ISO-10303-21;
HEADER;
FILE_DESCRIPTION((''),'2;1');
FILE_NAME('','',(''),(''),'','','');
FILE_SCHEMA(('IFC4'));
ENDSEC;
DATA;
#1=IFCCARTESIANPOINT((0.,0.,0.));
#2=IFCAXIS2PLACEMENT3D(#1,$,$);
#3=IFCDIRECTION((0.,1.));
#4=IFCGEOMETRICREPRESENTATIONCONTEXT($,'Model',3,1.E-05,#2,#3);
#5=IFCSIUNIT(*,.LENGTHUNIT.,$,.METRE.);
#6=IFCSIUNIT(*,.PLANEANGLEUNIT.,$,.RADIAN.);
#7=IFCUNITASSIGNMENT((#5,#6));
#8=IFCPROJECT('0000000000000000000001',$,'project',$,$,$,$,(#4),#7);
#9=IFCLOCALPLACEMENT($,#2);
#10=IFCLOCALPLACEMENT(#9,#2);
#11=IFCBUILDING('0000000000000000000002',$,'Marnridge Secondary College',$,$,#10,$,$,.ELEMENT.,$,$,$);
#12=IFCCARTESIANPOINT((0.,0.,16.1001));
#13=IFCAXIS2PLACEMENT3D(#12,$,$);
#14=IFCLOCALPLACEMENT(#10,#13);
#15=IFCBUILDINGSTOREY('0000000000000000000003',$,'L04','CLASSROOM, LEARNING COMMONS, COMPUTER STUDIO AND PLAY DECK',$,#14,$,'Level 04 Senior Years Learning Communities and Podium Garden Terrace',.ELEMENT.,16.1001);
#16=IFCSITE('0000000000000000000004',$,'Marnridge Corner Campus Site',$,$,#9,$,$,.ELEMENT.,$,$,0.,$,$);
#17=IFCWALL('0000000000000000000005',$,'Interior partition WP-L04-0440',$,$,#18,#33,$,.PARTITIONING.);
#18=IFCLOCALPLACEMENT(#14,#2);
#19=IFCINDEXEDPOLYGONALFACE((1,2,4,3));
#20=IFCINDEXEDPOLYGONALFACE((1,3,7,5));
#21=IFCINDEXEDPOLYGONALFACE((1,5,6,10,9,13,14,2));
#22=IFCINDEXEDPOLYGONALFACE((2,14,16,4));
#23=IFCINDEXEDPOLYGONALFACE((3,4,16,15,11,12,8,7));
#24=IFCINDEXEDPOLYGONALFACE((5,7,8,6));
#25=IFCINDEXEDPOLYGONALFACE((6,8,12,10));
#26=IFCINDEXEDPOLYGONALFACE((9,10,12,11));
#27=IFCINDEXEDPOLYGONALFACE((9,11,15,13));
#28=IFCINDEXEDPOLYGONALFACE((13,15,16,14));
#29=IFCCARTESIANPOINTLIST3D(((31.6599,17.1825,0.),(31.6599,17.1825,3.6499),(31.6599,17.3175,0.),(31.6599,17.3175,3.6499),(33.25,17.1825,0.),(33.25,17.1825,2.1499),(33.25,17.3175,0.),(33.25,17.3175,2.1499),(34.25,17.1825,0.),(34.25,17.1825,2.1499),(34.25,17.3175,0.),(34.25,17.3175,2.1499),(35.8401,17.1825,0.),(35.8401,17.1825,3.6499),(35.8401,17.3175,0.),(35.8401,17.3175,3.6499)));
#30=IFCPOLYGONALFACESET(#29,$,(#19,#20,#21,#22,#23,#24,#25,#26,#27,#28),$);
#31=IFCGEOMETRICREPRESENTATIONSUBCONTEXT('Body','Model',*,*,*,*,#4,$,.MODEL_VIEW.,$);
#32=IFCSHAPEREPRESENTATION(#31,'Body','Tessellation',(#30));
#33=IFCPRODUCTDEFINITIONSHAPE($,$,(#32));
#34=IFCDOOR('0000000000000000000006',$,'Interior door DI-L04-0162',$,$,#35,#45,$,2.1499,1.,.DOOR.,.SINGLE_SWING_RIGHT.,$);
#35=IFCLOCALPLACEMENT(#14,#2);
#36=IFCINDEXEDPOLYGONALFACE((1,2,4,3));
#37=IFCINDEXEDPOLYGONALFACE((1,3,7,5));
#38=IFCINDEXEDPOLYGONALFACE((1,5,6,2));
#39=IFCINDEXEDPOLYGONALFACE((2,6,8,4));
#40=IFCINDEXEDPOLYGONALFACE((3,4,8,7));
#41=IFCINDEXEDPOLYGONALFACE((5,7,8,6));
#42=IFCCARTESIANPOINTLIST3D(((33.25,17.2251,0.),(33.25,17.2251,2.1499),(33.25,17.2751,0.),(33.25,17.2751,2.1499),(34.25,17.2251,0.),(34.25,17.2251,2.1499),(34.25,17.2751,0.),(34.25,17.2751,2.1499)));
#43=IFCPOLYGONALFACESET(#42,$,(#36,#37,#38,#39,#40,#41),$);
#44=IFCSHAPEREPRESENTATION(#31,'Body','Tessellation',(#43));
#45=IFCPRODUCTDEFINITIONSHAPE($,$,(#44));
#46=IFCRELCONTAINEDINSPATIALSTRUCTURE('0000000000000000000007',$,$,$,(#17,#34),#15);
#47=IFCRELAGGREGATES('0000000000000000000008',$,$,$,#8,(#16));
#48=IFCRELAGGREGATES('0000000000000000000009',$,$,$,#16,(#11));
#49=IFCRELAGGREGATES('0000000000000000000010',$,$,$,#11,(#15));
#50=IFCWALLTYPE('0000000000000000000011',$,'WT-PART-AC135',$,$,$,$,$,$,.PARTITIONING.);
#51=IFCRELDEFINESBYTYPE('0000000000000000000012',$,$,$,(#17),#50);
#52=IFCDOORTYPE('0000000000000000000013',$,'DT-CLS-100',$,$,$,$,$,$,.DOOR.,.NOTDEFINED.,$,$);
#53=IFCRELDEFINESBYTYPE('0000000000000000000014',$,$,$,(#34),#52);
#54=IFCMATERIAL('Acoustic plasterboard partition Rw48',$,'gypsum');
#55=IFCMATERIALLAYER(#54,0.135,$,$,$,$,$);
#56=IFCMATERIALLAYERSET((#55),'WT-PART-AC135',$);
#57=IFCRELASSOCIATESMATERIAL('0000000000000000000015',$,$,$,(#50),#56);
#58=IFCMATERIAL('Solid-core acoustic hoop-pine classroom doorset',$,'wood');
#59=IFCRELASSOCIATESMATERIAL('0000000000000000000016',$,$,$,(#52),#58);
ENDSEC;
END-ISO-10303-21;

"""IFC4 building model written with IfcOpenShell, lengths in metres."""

from ifc_helpers import new_model, si_unit, direction, frame, frame_2d, origin, place, context, subcontext, project, spatial, rectangle, extrude, material, layer, layer_set, type_object, element, fill, save


model = new_model("IFC4")

# Units and contexts
model_context = context("Model", 3, precision=1e-05, world=origin(), true_north=direction((0.0, 1.0)))
body_context = subcontext(model_context, "Body", "Model", "MODEL_VIEW")
ifc_project = project(units=[si_unit("LENGTHUNIT", "METRE"), si_unit("PLANEANGLEUNIT", "RADIAN")], contexts=[model_context])

# Site, building, storey
site_placement = place(None, origin())
site = spatial("IfcSite", under=ifc_project, at=site_placement, Name="Marnridge Corner Campus Site", CompositionType="ELEMENT", RefElevation=0.0)
building_placement = place(site_placement, origin())
building = spatial("IfcBuilding", under=site, at=building_placement, Name="Marnridge Secondary College", CompositionType="ELEMENT")
storey_placement = place(building_placement, frame((0.0, 0.0, 16.1001)))
storey = spatial("IfcBuildingStorey", under=building, at=storey_placement, Name="L04", Description="CLASSROOM, LEARNING COMMONS, COMPUTER STUDIO AND PLAY DECK", LongName="Level 04 Senior Years Learning Communities and Podium Garden Terrace", CompositionType="ELEMENT", Elevation=16.1001)

# Wall, opening, door
ifc_material_1 = material(Name="Acoustic plasterboard partition Rw48", Category="gypsum")
ifc_layer_1 = layer(ifc_material_1, 0.135)
ifc_layer_set_1 = layer_set([ifc_layer_1], Name="WT-PART-AC135")
wall_type = type_object("IfcWallType", Name="WT-PART-AC135", PredefinedType="PARTITIONING", material=ifc_layer_set_1)
wall_placement = place(storey_placement, frame((35.8401, 17.25, 0.0), z_axis=(0.0, 0.0, 1.0), x_axis=(-1.0, 0.0, 0.0)))
wall = element("IfcWall", 1, at=wall_placement, inside=storey, type_object=wall_type, Name="Interior partition WP-L04-0440", PredefinedType="PARTITIONING", context=body_context, shape_type="SweptSolid", body=[
    extrude(rectangle(XDim=4.1802, YDim=0.135, at=frame_2d((2.0901, 0.0))), origin(), (0.0, 0.0, 1.0), 3.6499),
])
opening_placement = place(wall_placement, frame((1.5901, 0.0, 0.0)))
opening = element("IfcOpeningElement", 2, at=opening_placement, cuts=wall, PredefinedType="OPENING", context=body_context, shape_type="SweptSolid", body=[
    extrude(rectangle(XDim=1.0, YDim=2.1499, at=frame_2d((0.5, 1.075))), frame((0.0, 0.0774, 0.0), z_axis=(0.0, -1.0, 0.0), x_axis=(1.0, 0.0, 0.0)), (0.0, 0.0, 1.0), 0.155),
])
ifc_material_2 = material(Name="Solid-core acoustic hoop-pine classroom doorset", Category="wood")
door_type = type_object("IfcDoorType", Name="DT-CLS-100", OperationType="NOTDEFINED", PredefinedType="DOOR", material=ifc_material_2)
door_placement = place(opening_placement, origin())
door = element("IfcDoor", 3, at=door_placement, inside=storey, type_object=door_type, Name="Interior door DI-L04-0162", OperationType="SINGLE_SWING_RIGHT", OverallHeight=2.1499, OverallWidth=1.0, PredefinedType="DOOR", context=body_context, shape_type="SweptSolid", body=[
    extrude(rectangle(XDim=1.0, YDim=2.1499, at=frame_2d((0.5, 1.075))), frame((0.0, 0.0249, 0.0), z_axis=(0.0, -1.0, 0.0), x_axis=(1.0, 0.0, 0.0)), (0.0, 0.0, 1.0), 0.05),
])
fill(opening, door)

save(model, "model.ifc")
